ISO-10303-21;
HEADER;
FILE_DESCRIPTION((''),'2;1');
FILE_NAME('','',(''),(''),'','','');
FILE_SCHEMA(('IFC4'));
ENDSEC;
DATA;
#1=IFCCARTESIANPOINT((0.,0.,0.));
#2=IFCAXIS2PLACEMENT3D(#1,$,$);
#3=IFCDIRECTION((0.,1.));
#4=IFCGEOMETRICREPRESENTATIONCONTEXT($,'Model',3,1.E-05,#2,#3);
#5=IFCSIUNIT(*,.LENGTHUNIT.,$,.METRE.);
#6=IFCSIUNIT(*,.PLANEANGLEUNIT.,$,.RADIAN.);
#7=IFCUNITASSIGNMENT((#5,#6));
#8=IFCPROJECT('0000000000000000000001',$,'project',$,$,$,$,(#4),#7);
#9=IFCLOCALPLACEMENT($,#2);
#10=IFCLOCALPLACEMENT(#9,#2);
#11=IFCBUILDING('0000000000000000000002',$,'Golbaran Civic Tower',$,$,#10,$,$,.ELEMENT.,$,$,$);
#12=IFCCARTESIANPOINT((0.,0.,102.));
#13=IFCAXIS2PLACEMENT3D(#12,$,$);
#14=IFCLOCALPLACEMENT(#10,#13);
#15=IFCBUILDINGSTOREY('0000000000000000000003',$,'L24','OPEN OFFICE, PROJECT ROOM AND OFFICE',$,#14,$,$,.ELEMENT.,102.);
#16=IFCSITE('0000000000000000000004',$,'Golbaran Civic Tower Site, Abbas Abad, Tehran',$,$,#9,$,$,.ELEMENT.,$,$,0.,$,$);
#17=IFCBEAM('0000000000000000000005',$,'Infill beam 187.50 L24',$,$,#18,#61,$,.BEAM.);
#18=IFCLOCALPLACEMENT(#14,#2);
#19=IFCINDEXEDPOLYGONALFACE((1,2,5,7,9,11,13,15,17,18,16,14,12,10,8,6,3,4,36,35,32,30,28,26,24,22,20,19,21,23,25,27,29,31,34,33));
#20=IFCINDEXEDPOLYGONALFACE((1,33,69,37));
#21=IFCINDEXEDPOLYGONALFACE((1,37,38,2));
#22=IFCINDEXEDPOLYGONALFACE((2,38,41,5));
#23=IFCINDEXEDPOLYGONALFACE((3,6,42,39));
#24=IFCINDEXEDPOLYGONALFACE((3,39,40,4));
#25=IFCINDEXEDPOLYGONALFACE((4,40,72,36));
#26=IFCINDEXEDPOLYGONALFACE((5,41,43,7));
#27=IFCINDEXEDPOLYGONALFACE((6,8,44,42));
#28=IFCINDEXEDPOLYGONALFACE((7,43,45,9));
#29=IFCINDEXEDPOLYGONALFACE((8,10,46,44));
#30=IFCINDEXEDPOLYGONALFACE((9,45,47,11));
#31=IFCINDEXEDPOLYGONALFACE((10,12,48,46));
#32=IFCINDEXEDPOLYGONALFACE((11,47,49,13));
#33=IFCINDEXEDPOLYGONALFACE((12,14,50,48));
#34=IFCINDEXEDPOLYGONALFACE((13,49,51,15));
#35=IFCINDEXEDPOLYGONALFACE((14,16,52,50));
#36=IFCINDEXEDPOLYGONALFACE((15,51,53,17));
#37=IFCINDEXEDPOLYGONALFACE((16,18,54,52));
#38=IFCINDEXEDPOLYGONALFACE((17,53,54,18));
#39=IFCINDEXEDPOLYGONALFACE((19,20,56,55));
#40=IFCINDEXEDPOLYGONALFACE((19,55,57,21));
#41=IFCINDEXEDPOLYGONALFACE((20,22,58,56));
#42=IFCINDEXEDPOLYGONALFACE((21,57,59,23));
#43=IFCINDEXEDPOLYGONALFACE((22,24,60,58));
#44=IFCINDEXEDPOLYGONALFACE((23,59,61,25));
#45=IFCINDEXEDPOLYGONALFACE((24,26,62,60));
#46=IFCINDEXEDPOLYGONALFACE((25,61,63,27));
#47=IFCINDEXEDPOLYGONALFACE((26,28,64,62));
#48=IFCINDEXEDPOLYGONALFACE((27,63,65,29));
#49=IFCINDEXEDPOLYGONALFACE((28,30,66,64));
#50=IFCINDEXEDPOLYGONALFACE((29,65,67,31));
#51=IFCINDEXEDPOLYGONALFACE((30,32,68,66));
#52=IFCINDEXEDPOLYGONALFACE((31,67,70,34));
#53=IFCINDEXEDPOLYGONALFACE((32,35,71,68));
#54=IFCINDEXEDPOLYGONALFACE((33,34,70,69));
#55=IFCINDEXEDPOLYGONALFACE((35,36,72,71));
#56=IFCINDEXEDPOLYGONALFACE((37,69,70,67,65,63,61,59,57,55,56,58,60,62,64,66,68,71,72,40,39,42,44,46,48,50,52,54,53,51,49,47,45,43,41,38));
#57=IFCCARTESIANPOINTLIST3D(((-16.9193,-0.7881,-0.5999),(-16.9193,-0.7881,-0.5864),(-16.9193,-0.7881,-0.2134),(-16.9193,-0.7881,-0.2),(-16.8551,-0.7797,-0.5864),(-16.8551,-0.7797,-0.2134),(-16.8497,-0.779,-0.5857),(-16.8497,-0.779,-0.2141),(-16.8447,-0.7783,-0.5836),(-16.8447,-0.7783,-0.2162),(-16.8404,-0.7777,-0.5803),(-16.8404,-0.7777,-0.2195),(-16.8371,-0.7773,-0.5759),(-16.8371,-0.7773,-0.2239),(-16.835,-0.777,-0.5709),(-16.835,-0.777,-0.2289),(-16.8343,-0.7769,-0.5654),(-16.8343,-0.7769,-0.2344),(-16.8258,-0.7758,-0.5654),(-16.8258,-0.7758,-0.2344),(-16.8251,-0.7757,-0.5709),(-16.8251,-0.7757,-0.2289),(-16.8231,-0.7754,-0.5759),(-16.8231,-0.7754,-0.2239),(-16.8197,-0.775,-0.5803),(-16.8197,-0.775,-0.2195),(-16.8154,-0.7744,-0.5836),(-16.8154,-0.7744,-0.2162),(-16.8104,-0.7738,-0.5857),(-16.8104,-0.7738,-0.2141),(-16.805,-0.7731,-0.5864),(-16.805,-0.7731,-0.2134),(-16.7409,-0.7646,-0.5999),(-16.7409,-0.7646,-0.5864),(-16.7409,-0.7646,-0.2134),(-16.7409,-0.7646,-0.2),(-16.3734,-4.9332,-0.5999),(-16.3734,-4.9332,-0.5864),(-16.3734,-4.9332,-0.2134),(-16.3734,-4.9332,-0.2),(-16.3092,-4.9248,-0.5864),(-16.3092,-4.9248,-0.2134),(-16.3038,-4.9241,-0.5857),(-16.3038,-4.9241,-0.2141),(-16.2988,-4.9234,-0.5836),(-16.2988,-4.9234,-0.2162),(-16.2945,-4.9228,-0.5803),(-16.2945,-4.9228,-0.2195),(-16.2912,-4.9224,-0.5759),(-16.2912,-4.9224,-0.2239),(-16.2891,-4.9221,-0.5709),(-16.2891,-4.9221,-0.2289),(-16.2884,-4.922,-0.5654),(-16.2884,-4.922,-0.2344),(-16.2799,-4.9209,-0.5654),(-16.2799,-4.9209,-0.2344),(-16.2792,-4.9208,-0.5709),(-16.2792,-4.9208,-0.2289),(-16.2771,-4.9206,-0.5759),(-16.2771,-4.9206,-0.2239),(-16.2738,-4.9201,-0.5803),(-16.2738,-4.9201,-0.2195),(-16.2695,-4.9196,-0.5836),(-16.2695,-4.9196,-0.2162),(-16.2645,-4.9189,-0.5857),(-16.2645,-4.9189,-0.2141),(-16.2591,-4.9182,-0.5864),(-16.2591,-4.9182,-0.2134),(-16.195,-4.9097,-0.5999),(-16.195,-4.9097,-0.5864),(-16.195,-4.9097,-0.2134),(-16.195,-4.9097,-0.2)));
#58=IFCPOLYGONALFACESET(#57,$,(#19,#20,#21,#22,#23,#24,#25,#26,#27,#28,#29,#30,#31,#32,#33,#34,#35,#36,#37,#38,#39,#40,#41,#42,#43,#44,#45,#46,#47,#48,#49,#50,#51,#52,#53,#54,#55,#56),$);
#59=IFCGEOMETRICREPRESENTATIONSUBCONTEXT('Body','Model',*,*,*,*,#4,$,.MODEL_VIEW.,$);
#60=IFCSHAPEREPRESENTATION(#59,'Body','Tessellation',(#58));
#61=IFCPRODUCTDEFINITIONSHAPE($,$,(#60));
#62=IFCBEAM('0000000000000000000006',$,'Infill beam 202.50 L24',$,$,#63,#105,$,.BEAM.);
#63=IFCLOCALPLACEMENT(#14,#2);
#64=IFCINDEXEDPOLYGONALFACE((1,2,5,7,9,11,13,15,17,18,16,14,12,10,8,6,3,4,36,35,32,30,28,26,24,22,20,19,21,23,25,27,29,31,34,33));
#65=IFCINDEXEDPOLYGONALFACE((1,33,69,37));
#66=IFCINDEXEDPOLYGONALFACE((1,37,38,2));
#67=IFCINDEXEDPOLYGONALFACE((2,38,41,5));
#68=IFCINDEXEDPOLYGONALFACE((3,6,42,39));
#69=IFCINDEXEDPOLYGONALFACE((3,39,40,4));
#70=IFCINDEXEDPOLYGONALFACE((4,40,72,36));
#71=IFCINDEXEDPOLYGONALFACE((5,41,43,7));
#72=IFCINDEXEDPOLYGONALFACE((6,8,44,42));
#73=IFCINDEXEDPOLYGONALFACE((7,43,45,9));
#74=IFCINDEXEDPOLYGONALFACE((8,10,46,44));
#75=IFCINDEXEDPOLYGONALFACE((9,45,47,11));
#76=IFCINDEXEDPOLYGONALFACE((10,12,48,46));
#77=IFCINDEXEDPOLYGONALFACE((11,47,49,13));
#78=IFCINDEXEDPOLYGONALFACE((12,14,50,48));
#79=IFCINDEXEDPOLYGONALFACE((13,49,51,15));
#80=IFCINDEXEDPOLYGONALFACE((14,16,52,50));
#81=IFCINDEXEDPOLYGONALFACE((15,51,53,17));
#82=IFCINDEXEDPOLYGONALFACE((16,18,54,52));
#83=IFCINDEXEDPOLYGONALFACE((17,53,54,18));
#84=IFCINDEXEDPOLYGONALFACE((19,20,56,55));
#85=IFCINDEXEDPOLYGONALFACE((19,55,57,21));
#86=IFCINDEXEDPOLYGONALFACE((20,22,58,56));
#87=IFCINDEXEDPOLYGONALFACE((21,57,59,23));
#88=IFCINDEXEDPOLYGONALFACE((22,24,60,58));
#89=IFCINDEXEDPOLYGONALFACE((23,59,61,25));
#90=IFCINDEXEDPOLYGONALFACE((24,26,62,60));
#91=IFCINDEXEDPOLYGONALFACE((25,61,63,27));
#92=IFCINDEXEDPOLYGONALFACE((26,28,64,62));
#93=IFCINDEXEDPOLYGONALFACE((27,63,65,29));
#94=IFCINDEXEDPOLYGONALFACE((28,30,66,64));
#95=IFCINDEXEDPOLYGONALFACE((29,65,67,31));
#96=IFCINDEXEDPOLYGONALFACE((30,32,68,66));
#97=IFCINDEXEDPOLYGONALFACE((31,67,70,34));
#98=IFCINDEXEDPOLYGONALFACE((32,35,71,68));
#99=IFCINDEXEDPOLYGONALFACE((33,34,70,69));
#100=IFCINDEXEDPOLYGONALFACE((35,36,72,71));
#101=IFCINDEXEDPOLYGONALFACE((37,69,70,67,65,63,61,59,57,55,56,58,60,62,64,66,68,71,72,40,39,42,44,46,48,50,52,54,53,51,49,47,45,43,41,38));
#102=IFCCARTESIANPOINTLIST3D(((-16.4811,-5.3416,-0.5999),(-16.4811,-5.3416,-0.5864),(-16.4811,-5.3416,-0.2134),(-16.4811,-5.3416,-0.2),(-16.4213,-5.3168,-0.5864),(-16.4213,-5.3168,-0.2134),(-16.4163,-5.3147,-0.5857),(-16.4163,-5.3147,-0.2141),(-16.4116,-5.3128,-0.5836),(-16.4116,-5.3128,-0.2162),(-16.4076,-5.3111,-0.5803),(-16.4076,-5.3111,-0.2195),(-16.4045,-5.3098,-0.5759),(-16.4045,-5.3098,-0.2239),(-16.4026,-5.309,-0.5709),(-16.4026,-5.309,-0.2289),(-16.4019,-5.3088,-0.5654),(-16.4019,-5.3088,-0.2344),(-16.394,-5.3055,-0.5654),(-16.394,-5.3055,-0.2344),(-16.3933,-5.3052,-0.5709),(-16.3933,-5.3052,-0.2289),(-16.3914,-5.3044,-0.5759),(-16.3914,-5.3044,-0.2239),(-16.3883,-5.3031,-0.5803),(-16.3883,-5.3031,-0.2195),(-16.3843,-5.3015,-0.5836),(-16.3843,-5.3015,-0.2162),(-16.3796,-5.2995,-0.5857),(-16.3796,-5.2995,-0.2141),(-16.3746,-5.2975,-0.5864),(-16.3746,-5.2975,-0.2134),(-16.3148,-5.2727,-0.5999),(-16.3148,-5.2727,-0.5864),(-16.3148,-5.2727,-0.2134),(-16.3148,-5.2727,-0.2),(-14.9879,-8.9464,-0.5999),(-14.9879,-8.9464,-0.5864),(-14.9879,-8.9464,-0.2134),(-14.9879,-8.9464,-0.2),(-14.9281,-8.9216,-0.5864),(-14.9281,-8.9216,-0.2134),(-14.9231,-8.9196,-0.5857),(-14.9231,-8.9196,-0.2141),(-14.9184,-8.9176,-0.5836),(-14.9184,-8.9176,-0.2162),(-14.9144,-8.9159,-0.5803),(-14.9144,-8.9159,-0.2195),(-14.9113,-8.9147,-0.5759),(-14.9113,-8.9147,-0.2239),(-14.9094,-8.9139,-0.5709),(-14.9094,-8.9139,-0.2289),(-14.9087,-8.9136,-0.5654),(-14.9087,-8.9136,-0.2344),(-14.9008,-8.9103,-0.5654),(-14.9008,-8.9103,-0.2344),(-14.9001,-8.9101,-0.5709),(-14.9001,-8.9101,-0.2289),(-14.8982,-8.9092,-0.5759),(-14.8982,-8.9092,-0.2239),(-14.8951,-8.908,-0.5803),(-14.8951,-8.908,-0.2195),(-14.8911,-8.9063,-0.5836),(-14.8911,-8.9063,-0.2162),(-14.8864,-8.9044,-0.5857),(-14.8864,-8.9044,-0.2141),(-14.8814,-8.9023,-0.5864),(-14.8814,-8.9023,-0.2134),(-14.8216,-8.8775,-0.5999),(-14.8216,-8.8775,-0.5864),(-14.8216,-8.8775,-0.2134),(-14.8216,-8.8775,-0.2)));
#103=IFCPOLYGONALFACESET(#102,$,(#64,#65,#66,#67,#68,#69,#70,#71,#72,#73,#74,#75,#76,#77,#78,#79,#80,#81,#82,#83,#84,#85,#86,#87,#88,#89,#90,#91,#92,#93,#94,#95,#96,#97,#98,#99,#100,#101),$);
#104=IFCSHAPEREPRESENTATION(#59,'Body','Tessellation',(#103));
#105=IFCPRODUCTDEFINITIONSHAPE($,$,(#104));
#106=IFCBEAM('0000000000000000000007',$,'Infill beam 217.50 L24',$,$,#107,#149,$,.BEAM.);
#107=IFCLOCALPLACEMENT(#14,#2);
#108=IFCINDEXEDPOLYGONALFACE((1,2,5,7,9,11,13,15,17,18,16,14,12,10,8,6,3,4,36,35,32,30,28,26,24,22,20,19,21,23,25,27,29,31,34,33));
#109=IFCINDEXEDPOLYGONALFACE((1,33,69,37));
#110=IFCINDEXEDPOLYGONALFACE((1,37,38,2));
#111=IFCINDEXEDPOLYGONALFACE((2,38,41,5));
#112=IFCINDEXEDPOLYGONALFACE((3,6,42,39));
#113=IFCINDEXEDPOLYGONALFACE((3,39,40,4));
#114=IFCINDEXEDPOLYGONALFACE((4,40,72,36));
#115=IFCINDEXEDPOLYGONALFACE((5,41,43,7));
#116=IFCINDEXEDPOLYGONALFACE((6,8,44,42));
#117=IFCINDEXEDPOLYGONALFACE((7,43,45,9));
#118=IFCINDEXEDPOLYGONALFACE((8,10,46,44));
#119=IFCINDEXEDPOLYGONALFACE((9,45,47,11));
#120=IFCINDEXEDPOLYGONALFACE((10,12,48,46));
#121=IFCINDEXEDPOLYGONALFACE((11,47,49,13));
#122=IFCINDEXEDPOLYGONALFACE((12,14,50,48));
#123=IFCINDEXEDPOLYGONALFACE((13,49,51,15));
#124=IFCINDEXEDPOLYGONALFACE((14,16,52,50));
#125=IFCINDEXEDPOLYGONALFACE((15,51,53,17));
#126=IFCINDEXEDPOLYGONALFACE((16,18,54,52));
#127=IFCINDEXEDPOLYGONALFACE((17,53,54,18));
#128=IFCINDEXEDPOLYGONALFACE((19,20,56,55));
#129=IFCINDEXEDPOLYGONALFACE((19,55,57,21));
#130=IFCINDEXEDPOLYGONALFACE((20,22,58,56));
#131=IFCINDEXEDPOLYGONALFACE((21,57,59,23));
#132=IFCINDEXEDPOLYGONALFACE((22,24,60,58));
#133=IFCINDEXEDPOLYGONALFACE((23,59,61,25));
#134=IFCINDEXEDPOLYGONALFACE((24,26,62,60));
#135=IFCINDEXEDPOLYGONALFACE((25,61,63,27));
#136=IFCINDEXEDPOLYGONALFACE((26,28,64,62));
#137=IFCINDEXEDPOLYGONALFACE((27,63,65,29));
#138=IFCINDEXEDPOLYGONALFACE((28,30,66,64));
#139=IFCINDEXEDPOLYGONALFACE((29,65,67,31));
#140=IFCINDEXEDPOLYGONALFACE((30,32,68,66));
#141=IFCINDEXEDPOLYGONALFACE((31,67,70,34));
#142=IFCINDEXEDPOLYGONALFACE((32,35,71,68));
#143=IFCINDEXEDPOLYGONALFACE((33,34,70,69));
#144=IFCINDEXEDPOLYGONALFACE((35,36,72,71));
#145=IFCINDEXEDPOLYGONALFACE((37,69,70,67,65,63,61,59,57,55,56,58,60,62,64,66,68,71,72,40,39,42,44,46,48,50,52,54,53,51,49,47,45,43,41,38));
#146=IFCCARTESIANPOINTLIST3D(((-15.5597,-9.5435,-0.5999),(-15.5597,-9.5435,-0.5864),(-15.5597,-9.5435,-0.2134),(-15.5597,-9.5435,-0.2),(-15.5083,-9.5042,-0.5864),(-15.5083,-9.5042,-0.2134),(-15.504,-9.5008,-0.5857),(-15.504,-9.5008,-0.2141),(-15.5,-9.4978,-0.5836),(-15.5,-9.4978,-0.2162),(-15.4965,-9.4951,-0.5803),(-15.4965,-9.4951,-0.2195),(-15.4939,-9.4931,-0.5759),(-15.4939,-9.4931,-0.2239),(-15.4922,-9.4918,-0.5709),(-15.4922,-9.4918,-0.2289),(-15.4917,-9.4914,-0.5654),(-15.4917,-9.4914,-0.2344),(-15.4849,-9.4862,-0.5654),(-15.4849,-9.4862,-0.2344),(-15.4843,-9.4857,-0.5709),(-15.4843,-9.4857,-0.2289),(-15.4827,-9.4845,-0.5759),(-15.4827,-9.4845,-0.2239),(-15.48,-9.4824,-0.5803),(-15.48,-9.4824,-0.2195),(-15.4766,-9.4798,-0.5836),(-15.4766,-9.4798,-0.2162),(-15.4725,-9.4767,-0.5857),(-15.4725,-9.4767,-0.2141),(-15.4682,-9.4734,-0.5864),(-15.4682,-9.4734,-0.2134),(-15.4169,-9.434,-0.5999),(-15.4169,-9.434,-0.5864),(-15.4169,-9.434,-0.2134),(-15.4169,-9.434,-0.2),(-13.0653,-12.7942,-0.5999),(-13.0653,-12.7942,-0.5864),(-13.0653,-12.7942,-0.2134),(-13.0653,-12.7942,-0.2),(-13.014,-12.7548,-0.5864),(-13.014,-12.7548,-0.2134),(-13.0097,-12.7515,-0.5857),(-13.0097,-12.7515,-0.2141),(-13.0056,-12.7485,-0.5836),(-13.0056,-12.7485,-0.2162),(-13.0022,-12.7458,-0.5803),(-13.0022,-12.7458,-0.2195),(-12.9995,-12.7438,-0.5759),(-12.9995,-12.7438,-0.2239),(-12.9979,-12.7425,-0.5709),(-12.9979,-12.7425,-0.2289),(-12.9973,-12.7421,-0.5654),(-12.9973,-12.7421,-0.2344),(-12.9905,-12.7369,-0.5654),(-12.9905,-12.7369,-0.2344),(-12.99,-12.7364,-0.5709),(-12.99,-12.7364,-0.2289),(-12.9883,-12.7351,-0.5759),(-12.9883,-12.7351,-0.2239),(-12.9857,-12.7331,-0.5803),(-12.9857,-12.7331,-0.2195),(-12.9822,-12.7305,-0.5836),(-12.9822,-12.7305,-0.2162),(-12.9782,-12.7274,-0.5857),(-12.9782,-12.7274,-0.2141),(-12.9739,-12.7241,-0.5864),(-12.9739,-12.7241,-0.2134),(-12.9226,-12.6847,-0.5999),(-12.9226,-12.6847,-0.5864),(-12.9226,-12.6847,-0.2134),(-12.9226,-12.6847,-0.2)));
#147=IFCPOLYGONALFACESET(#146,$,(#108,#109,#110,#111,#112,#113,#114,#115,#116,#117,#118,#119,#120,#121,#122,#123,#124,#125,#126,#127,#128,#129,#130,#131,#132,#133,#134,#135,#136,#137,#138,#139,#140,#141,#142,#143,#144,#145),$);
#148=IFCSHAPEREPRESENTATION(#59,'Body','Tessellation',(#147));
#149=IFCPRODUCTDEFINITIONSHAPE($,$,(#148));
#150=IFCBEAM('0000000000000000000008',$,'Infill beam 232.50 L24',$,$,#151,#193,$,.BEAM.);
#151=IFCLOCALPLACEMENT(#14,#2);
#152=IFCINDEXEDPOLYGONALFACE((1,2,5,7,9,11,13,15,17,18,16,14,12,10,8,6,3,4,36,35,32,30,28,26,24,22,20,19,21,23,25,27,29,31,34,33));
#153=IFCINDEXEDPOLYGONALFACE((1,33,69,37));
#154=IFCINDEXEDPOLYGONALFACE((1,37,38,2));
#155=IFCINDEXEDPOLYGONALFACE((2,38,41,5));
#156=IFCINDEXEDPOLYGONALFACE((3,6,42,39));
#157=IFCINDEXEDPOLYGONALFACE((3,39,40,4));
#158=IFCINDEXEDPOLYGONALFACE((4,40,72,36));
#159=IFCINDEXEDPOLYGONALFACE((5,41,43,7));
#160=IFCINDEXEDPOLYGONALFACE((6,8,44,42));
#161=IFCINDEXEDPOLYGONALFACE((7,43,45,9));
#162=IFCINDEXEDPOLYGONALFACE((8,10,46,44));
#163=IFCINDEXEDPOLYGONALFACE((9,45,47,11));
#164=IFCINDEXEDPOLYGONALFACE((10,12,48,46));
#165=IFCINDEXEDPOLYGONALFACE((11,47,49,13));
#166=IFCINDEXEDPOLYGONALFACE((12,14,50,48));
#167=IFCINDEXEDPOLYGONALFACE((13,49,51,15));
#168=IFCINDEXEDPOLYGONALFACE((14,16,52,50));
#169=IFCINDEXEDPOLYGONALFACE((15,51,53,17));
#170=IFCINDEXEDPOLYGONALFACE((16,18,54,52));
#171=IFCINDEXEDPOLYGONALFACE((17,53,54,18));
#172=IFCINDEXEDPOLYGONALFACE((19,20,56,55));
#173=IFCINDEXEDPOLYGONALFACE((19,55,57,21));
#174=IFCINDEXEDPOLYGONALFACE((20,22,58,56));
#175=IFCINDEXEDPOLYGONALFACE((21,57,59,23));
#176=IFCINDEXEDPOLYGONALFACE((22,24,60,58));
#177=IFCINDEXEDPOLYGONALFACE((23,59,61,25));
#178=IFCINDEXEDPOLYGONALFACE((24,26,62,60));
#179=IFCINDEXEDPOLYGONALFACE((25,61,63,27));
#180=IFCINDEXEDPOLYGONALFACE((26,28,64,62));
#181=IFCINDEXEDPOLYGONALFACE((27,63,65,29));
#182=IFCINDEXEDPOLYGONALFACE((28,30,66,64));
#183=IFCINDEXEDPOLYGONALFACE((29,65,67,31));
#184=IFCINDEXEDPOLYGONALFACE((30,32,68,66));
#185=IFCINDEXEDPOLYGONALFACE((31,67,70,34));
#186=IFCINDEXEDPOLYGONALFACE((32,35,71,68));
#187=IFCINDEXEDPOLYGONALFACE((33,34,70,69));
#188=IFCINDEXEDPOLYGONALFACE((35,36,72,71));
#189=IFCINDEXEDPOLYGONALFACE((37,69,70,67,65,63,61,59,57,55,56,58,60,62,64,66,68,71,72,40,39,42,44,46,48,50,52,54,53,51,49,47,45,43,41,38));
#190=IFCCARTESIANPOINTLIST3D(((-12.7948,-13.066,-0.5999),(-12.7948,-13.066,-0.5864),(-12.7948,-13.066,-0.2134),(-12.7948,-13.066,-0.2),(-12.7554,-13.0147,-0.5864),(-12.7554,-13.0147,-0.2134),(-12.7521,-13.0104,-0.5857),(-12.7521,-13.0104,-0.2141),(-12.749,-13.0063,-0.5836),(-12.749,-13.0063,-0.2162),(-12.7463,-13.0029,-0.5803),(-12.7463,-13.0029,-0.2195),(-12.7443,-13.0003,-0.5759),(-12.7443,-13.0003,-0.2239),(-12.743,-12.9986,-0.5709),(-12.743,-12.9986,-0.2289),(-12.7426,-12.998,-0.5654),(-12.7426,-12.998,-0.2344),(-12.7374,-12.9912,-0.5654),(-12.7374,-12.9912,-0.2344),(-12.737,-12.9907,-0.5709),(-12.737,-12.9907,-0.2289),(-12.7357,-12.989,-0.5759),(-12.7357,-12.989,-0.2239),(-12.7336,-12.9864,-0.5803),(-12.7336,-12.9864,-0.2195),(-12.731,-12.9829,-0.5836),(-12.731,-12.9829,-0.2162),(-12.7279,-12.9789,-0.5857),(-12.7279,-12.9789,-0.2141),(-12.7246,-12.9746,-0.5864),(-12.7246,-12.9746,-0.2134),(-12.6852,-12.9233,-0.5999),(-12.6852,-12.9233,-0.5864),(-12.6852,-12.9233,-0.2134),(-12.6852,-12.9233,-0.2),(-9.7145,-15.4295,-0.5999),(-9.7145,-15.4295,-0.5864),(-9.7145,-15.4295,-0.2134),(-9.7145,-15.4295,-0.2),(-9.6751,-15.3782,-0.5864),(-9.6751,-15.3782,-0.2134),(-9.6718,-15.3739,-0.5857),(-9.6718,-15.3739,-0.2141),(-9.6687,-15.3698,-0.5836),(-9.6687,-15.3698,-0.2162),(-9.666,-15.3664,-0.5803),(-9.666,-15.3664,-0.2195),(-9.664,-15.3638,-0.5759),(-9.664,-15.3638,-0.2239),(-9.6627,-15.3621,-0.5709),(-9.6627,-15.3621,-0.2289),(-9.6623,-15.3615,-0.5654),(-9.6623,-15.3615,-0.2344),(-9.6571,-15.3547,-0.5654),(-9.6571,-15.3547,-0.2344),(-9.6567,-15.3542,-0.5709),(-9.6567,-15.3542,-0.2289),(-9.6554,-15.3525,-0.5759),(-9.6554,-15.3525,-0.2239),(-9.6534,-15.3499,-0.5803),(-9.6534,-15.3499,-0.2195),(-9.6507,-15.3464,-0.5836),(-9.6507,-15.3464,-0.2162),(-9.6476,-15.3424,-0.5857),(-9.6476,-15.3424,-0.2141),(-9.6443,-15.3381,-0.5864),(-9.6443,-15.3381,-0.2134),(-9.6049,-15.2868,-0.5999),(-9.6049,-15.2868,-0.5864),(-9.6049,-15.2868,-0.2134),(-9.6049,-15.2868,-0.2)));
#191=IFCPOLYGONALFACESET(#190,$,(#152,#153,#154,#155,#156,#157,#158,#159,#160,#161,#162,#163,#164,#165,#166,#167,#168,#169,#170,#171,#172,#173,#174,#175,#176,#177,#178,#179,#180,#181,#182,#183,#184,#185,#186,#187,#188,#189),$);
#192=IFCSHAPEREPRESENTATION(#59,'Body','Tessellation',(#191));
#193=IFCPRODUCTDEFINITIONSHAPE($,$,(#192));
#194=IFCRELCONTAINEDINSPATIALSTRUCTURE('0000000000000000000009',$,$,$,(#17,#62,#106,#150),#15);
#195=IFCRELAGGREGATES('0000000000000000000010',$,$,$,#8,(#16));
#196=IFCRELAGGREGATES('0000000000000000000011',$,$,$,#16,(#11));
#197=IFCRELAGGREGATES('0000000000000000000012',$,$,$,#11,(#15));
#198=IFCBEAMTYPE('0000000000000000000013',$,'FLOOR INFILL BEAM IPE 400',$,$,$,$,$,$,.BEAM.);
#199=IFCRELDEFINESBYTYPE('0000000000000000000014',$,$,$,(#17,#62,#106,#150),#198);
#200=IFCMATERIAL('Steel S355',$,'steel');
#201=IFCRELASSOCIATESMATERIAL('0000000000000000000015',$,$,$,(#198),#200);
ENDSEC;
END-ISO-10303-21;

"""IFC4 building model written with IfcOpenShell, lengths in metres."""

from ifc_helpers import new_model, si_unit, direction, frame, origin, origin_2d, place, context, subcontext, project, spatial, i_section, extrude, material, material_profile, profile_set, type_object, element, save


model = new_model("IFC4")

# Units and contexts
model_context = context("Model", 3, precision=1e-05, world=origin(), true_north=direction((0.0, 1.0)))
body_context = subcontext(model_context, "Body", "Model", "MODEL_VIEW")
ifc_project = project(units=[si_unit("LENGTHUNIT", "METRE"), si_unit("PLANEANGLEUNIT", "RADIAN")], contexts=[model_context])

# Site, building, storey
site_placement = place(None, origin())
site = spatial("IfcSite", under=ifc_project, at=site_placement, Name="Golbaran Civic Tower Site, Abbas Abad, Tehran", CompositionType="ELEMENT", RefElevation=0.0)
building_placement = place(site_placement, origin())
building = spatial("IfcBuilding", under=site, at=building_placement, Name="Golbaran Civic Tower", CompositionType="ELEMENT")
storey_placement = place(building_placement, frame((0.0, 0.0, 102.0)))
storey = spatial("IfcBuildingStorey", under=building, at=storey_placement, Name="L24", Description="OPEN OFFICE, PROJECT ROOM AND OFFICE", CompositionType="ELEMENT", Elevation=102.0)

# Beams
ifc_material_1 = material(Name="Steel S355", Category="steel")
ifc_material_profile_1 = material_profile(ifc_material_1, i_section(OverallWidth=0.1799, OverallDepth=0.3999, WebThickness=0.0085, FlangeThickness=0.0134, FilletRadius=0.021, at=origin_2d()), Name="IPE 400")
ifc_profile_set_1 = profile_set([ifc_material_profile_1], Name="Steel S355")
beam_type_1 = type_object("IfcBeamType", Name="FLOOR INFILL BEAM IPE 400", PredefinedType="BEAM", material=ifc_profile_set_1)
beam_1_placement = place(storey_placement, frame((-16.8301, -0.7764, -0.3999), z_axis=(0.130572, -0.991439, 0.0), x_axis=(0.991439, 0.130572, 0.0)))
element("IfcBeam", 1, at=beam_1_placement, inside=storey, type_object=beam_type_1, Name="Infill beam 187.50 L24", PredefinedType="BEAM", context=body_context, shape_type="SweptSolid", body=[
    extrude(i_section(OverallWidth=0.1799, OverallDepth=0.3999, WebThickness=0.0085, FlangeThickness=0.0134, FilletRadius=0.021, at=origin_2d()), origin(), (0.0, 0.0, 1.0), 4.1809),
])
beam_2_placement = place(storey_placement, frame((-16.3979, -5.3071, -0.3999), z_axis=(0.382691, -0.923877, 0.0), x_axis=(0.923877, 0.382691, 0.0)))
element("IfcBeam", 2, at=beam_2_placement, inside=storey, type_object=beam_type_1, Name="Infill beam 202.50 L24", PredefinedType="BEAM", context=body_context, shape_type="SweptSolid", body=[
    extrude(i_section(OverallWidth=0.1799, OverallDepth=0.3999, WebThickness=0.0085, FlangeThickness=0.0134, FilletRadius=0.021, at=origin_2d()), origin(), (0.0, 0.0, 1.0), 3.9019),
])
beam_3_placement = place(storey_placement, frame((-15.4883, -9.4888, -0.3999), z_axis=(0.608763, -0.793352, 0.0), x_axis=(0.793352, 0.608763, 0.0)))
element("IfcBeam", 3, at=beam_3_placement, inside=storey, type_object=beam_type_1, Name="Infill beam 217.50 L24", PredefinedType="BEAM", context=body_context, shape_type="SweptSolid", body=[
    extrude(i_section(OverallWidth=0.1799, OverallDepth=0.3999, WebThickness=0.0085, FlangeThickness=0.0134, FilletRadius=0.021, at=origin_2d()), origin(), (0.0, 0.0, 1.0), 4.0974),
])
beam_4_placement = place(storey_placement, frame((-12.74, -12.9946, -0.3999), z_axis=(0.793364, -0.608747, 0.0), x_axis=(0.608747, 0.793364, 0.0)))
element("IfcBeam", 4, at=beam_4_placement, inside=storey, type_object=beam_type_1, Name="Infill beam 232.50 L24", PredefinedType="BEAM", context=body_context, shape_type="SweptSolid", body=[
    extrude(i_section(OverallWidth=0.1799, OverallDepth=0.3999, WebThickness=0.0085, FlangeThickness=0.0134, FilletRadius=0.021, at=origin_2d()), origin(), (0.0, 0.0, 1.0), 3.8826),
])

save(model, "model.ifc")
